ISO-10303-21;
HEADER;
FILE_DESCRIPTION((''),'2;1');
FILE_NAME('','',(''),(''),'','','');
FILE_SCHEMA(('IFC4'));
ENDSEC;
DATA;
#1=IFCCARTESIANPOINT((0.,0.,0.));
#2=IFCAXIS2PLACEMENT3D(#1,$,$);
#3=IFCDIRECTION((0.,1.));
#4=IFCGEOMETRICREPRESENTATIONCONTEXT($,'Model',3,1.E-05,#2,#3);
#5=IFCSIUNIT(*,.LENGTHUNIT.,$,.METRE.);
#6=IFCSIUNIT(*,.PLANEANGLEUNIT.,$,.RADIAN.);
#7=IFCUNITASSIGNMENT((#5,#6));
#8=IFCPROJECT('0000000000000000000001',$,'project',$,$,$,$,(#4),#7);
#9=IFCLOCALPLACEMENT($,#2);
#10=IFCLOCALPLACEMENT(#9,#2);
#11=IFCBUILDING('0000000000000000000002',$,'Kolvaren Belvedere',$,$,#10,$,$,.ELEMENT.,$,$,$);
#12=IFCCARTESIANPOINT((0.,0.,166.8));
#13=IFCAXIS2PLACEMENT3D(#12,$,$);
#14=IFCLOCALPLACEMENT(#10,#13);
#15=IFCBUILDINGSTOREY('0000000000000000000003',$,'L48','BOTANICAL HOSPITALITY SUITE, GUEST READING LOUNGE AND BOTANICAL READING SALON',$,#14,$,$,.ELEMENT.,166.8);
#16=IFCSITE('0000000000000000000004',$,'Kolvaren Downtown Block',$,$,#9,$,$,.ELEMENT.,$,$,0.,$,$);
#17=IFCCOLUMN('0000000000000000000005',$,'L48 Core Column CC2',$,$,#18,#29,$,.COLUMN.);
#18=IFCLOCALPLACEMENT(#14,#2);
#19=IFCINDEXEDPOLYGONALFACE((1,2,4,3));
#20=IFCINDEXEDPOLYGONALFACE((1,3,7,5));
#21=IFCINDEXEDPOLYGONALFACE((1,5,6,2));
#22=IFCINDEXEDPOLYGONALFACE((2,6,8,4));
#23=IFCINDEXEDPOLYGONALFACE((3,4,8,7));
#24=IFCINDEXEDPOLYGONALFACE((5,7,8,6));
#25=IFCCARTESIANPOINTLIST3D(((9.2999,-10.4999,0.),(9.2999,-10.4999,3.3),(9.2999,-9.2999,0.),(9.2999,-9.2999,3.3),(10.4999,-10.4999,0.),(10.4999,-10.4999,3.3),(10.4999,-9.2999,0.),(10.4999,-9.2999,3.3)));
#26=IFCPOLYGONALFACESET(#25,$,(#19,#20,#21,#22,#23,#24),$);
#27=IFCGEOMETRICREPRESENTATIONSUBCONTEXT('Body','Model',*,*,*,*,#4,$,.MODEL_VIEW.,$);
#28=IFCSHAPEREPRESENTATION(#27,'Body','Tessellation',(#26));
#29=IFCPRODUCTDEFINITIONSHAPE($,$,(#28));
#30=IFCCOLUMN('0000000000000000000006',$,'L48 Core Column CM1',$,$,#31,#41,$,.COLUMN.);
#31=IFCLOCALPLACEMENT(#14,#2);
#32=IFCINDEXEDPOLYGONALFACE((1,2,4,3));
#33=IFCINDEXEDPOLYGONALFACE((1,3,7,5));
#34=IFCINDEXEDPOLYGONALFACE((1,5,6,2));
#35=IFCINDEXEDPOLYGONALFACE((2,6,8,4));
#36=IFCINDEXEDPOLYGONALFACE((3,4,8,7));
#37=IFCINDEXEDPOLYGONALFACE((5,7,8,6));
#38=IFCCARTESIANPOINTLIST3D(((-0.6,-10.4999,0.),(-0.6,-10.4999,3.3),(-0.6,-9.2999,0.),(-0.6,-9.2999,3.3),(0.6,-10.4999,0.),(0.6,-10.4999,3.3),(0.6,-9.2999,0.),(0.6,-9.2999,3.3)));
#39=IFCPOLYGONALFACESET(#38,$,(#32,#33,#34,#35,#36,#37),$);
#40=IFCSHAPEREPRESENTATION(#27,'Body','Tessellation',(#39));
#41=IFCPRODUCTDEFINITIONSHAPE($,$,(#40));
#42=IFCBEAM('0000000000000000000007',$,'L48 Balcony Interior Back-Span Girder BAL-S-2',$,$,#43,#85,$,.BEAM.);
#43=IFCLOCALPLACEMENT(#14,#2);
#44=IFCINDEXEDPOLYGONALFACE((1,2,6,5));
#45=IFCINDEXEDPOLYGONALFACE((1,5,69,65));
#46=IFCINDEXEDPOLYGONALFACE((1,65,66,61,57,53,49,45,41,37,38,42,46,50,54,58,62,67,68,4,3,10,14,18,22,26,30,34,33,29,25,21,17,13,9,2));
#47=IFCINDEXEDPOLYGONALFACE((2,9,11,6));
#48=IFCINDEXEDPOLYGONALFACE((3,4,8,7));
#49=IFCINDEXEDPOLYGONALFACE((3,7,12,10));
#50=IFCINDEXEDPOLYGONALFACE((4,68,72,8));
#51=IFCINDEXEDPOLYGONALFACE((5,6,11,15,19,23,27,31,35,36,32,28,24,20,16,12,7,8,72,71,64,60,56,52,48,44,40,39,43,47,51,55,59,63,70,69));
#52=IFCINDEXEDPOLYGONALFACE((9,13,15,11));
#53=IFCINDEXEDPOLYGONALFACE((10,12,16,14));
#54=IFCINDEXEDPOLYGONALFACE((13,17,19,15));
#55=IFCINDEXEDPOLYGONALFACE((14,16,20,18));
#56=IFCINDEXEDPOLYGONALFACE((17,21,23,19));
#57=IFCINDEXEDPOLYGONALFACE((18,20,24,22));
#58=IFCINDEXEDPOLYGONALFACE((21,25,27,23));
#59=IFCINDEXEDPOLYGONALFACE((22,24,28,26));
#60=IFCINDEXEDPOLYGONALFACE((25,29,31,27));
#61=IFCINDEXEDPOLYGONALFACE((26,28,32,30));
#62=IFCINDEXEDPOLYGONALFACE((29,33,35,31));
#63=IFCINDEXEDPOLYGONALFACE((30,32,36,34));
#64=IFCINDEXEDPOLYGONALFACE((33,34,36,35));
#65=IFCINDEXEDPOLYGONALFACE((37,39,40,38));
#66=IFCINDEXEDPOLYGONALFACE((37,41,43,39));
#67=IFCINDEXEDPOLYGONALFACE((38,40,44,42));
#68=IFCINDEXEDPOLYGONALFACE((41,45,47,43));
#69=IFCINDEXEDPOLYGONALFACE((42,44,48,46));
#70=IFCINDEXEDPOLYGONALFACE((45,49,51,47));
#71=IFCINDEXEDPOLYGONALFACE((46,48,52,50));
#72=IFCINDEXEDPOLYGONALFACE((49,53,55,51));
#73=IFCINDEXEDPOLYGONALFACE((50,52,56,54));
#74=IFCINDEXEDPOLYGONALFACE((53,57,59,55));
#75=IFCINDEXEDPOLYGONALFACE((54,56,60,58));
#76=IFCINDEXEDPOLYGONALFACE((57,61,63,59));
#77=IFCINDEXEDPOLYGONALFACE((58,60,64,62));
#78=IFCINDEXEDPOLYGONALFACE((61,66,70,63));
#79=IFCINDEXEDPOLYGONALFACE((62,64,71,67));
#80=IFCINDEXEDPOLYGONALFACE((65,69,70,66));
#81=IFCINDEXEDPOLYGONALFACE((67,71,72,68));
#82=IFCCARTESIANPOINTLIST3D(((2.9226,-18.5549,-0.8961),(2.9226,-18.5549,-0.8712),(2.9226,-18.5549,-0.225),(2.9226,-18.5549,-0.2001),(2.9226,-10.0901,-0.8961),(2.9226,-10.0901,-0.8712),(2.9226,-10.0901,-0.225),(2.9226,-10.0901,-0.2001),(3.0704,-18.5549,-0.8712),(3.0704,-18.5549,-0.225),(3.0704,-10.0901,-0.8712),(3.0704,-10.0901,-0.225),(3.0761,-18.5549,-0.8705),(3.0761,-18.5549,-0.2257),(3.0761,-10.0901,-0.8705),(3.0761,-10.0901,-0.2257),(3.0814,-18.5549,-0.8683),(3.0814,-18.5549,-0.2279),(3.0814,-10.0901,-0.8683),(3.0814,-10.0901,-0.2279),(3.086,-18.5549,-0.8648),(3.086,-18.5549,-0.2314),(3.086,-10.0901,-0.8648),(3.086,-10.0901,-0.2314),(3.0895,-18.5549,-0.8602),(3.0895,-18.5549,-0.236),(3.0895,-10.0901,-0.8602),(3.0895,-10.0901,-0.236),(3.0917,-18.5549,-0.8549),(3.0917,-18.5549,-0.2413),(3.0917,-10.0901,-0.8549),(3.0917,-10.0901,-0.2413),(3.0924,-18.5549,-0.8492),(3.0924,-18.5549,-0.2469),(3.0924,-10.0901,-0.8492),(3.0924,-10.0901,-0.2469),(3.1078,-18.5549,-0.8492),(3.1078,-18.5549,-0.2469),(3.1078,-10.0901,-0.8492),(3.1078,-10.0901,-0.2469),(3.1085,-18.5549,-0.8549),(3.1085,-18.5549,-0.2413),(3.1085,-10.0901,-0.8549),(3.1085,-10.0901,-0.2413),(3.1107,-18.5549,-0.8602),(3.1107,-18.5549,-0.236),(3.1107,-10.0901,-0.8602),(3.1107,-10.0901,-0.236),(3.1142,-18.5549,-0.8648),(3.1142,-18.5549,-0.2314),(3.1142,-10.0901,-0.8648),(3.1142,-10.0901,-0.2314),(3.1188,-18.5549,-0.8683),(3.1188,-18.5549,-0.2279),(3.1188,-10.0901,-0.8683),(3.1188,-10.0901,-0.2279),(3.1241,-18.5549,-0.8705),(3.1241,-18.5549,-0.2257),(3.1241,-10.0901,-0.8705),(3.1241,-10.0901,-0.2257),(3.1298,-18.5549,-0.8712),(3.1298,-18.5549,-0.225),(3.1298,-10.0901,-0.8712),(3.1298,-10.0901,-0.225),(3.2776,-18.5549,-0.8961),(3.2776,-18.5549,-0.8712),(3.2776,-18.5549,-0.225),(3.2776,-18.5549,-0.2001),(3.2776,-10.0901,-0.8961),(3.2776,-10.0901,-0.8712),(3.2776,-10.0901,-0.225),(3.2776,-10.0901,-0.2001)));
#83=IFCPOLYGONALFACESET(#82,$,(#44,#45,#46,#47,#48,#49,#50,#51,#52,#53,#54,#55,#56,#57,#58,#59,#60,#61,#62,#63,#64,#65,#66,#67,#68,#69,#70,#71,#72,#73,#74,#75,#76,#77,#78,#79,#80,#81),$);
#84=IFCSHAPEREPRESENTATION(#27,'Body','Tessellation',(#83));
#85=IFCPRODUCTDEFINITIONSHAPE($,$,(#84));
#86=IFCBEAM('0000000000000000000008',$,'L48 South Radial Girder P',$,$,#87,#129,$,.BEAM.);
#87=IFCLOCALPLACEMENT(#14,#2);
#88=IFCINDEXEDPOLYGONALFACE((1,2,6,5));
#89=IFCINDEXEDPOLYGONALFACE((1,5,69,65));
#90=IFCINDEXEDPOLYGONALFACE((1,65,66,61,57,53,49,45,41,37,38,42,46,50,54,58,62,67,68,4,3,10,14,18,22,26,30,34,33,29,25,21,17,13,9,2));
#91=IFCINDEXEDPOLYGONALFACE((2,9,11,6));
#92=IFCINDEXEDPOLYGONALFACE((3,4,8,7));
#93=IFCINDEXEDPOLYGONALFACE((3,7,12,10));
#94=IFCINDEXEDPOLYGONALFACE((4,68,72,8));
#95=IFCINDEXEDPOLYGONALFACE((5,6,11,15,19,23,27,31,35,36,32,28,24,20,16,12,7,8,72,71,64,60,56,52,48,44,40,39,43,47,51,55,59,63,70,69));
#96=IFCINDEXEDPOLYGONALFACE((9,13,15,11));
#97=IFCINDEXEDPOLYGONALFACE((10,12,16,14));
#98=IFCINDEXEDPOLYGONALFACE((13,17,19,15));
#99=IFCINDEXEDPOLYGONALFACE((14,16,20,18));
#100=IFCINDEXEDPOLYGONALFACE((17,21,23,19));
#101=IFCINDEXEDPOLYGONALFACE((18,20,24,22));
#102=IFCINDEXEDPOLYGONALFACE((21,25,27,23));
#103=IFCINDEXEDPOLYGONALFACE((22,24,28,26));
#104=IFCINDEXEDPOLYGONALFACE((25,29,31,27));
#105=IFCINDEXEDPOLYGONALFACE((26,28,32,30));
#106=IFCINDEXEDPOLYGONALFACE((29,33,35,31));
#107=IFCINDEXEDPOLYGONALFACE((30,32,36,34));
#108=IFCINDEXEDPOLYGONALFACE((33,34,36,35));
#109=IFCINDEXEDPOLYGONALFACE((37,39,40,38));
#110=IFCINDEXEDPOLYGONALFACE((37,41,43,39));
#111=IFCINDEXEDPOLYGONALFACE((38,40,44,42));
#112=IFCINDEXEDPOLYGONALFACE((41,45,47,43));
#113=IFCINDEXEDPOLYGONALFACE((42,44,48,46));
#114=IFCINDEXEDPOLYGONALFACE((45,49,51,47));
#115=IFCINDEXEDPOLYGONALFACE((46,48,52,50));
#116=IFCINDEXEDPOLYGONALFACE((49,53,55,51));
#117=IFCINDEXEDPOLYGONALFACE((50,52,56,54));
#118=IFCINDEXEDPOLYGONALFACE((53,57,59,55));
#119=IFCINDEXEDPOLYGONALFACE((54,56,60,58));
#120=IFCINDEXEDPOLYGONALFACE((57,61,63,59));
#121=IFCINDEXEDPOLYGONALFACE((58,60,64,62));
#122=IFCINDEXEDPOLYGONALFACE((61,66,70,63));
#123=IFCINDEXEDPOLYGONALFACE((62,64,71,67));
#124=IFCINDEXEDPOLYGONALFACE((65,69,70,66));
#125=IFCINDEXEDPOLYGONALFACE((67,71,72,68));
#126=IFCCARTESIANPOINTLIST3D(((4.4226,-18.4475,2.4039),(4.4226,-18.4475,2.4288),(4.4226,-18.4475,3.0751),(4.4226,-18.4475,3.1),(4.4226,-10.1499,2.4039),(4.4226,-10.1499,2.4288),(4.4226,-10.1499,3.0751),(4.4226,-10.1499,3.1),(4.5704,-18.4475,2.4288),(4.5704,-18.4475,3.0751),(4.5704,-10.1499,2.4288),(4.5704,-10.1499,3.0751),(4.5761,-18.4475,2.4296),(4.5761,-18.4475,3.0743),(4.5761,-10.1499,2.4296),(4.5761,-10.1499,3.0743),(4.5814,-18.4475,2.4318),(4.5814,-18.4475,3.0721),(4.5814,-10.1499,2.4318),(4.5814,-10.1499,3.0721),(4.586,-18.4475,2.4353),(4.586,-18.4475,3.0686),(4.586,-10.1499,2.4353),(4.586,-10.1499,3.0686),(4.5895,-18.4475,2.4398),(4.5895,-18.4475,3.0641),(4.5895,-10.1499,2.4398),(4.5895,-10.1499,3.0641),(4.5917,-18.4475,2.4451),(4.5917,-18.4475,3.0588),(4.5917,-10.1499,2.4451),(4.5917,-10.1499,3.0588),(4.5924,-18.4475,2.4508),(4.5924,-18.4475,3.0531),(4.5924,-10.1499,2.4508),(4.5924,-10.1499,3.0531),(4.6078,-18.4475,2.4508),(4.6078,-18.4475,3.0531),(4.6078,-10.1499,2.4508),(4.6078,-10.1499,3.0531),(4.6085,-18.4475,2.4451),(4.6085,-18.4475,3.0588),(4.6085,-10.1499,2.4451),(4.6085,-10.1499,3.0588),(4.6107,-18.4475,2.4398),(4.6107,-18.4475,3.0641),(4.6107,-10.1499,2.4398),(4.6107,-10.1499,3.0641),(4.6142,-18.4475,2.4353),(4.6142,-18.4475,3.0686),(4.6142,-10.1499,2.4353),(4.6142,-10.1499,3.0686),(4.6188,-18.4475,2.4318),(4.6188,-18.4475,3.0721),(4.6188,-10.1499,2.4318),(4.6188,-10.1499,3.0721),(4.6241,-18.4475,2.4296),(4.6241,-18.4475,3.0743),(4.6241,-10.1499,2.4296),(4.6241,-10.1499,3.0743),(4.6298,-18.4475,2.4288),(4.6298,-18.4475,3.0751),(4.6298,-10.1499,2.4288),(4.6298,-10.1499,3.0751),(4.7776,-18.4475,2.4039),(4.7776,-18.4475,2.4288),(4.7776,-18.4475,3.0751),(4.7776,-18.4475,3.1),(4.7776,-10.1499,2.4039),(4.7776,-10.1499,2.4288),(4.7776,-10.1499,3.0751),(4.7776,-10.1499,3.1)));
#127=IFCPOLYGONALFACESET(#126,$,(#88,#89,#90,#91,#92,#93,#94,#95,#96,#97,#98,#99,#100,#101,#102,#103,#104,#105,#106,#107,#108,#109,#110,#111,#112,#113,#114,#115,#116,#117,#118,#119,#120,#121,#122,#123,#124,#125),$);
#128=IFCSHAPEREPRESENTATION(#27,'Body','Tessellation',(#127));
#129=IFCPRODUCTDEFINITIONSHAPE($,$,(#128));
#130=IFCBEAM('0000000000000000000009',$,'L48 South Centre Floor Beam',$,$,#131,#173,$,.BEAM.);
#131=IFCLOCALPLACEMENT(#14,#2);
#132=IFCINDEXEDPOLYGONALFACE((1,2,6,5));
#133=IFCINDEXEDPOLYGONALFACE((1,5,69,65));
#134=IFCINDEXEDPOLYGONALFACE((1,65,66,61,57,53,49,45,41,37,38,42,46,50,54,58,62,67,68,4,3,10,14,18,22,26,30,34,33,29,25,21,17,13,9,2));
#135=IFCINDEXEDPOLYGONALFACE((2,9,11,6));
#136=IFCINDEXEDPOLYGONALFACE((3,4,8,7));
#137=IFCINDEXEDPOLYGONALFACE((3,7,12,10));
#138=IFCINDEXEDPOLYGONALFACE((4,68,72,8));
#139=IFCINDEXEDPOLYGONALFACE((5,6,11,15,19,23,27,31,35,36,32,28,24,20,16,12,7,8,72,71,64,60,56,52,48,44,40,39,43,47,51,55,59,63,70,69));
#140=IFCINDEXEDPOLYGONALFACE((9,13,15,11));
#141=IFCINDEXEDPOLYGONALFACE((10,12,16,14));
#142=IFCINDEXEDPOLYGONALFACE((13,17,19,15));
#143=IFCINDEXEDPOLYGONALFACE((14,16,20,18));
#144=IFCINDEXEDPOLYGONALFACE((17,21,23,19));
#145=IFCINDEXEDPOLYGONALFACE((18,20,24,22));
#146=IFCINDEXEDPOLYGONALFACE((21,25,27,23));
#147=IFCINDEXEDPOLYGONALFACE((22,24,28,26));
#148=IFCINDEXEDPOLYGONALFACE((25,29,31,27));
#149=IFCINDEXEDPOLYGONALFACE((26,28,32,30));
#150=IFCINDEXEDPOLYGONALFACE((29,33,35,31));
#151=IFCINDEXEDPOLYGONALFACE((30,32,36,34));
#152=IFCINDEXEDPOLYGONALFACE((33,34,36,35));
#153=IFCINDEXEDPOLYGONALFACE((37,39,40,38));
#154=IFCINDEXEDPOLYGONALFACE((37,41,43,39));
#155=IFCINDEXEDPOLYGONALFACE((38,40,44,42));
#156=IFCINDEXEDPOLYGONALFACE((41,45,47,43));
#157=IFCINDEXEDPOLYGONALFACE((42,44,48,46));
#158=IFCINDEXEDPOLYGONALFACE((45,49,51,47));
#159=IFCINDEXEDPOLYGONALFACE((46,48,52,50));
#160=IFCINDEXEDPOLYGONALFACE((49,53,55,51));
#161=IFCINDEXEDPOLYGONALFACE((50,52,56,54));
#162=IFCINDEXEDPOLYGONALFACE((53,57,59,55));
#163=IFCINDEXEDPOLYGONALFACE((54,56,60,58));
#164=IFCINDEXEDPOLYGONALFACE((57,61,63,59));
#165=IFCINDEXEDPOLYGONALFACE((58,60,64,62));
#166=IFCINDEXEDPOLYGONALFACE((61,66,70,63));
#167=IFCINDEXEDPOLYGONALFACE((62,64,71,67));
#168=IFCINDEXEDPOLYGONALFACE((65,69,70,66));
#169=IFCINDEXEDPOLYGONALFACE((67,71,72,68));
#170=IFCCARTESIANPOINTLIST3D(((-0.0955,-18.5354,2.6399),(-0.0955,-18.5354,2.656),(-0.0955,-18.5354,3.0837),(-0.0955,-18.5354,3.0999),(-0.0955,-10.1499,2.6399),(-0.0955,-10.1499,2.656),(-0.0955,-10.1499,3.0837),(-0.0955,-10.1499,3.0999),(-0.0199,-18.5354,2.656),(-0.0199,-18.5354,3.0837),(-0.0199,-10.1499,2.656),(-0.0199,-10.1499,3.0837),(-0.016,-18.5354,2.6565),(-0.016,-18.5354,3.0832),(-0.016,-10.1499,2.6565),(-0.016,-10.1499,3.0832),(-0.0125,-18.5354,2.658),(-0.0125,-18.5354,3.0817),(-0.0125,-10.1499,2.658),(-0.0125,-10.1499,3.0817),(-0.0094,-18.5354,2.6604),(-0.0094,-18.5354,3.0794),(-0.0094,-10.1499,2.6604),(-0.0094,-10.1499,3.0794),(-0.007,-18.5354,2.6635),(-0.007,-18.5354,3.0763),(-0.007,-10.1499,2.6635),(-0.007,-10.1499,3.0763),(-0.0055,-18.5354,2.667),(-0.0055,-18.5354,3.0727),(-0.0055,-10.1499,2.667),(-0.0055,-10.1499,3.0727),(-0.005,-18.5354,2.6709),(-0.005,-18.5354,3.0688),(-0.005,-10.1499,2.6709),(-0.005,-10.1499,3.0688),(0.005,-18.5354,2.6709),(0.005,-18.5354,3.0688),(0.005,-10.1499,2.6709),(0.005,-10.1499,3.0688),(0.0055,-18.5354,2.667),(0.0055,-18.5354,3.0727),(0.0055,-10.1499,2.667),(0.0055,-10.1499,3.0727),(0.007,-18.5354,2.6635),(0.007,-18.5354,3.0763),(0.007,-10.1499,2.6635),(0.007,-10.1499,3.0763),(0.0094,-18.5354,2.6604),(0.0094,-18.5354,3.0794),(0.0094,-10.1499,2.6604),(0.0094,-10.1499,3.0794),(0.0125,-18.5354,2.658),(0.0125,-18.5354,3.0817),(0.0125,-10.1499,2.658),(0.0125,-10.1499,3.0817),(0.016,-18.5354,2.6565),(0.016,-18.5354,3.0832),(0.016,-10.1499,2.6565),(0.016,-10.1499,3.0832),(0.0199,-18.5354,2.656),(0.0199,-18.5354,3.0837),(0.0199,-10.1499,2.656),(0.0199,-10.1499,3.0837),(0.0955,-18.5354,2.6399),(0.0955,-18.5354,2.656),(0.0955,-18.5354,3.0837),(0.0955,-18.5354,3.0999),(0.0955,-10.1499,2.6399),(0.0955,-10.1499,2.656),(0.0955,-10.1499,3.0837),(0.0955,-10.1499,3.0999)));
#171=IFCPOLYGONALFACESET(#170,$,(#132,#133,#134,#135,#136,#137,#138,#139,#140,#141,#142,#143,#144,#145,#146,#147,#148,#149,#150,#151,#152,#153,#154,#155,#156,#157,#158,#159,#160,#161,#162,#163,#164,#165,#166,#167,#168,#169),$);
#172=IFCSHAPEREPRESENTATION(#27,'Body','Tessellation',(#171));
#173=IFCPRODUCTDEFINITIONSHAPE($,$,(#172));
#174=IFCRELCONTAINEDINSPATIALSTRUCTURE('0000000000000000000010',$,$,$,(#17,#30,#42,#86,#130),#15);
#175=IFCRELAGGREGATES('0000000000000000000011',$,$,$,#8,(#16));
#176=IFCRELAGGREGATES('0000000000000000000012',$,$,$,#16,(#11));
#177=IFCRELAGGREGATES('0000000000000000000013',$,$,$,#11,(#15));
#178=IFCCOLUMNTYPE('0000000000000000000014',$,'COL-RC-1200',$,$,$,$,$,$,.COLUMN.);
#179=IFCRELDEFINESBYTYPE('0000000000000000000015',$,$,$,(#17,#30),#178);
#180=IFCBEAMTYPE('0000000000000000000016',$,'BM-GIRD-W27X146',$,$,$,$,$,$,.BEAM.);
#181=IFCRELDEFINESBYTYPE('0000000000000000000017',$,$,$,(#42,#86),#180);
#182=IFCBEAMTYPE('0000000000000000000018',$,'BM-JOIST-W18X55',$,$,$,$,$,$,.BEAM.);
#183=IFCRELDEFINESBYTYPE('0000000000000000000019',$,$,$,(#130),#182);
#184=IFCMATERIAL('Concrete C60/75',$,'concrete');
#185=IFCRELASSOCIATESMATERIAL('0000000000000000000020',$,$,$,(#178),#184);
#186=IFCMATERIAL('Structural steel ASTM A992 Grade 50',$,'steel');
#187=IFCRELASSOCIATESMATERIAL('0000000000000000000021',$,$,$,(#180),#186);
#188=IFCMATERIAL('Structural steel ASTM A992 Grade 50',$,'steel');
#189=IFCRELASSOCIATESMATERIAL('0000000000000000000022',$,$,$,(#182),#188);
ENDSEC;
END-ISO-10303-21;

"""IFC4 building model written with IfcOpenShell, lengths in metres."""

from ifc_helpers import new_model, si_unit, direction, frame, origin, origin_2d, place, context, subcontext, project, spatial, rectangle, i_section, extrude, material, material_profile, profile_set, type_object, element, save


model = new_model("IFC4")

# Units and contexts
model_context = context("Model", 3, precision=1e-05, world=origin(), true_north=direction((0.0, 1.0)))
body_context = subcontext(model_context, "Body", "Model", "MODEL_VIEW")
ifc_project = project(units=[si_unit("LENGTHUNIT", "METRE"), si_unit("PLANEANGLEUNIT", "RADIAN")], contexts=[model_context])

# Site, building, storey
site_placement = place(None, origin())
site = spatial("IfcSite", under=ifc_project, at=site_placement, Name="Kolvaren Downtown Block", CompositionType="ELEMENT", RefElevation=0.0)
building_placement = place(site_placement, origin())
building = spatial("IfcBuilding", under=site, at=building_placement, Name="Kolvaren Belvedere", CompositionType="ELEMENT")
storey_placement = place(building_placement, frame((0.0, 0.0, 166.8)))
storey = spatial("IfcBuildingStorey", under=building, at=storey_placement, Name="L48", Description="BOTANICAL HOSPITALITY SUITE, GUEST READING LOUNGE AND BOTANICAL READING SALON", CompositionType="ELEMENT", Elevation=166.8)

# Columns
ifc_material_1 = material(Name="Concrete C60/75", Category="concrete")
ifc_material_profile_1 = material_profile(ifc_material_1, rectangle(XDim=1.2, YDim=1.2, at=origin_2d()), Name="RC 1200X1200")
ifc_profile_set_1 = profile_set([ifc_material_profile_1], Name="Concrete C60/75")
column_type = type_object("IfcColumnType", Name="COL-RC-1200", PredefinedType="COLUMN", material=ifc_profile_set_1)
for number, where, z_axis, x_axis, name in (
    (1, (9.8999, -9.8999, 0.0), (0.0, 0.0, 1.0), (1.0, 0.0, 0.0), "L48 Core Column CC2"),
    (2, (0.0, -9.8999, 0.0), (0.0, 0.0, 1.0), (1.0, 0.0, 0.0), "L48 Core Column CM1"),
):
    element("IfcColumn", number, at=place(storey_placement, frame(where, z_axis=z_axis, x_axis=x_axis)), inside=storey, type_object=column_type, Name=name, PredefinedType="COLUMN", context=body_context, shape_type="SweptSolid", body=[
        extrude(rectangle(XDim=1.2, YDim=1.2, at=origin_2d()), origin(), (0.0, 0.0, 1.0), 3.3),
    ])

# Beams
ifc_material_2 = material(Name="Structural steel ASTM A992 Grade 50", Category="steel")
ifc_material_profile_2 = material_profile(ifc_material_2, i_section(OverallWidth=0.355, OverallDepth=0.696, WebThickness=0.0154, FlangeThickness=0.0249, FilletRadius=0.022, at=origin_2d()), Name="W27X146")
ifc_profile_set_2 = profile_set([ifc_material_profile_2], Name="Structural steel ASTM A992 Grade 50")
beam_type_1 = type_object("IfcBeamType", Name="BM-GIRD-W27X146", PredefinedType="BEAM", material=ifc_profile_set_2)
beam_1_placement = place(storey_placement, frame((3.1001, -10.0901, -0.5481), z_axis=(0.0, -1.0, 0.0), x_axis=(1.0, 0.0, 0.0)))
element("IfcBeam", 3, at=beam_1_placement, inside=storey, type_object=beam_type_1, Name="L48 Balcony Interior Back-Span Girder BAL-S-2", PredefinedType="BEAM", context=body_context, shape_type="SweptSolid", body=[
    extrude(i_section(OverallWidth=0.355, OverallDepth=0.696, WebThickness=0.0154, FlangeThickness=0.0249, FilletRadius=0.022, at=origin_2d()), origin(), (0.0, 0.0, 1.0), 8.4648),
])
beam_2_placement = place(storey_placement, frame((4.6001, -10.1499, 2.752), z_axis=(0.0, -1.0, 0.0), x_axis=(1.0, 0.0, 0.0)))
element("IfcBeam", 4, at=beam_2_placement, inside=storey, type_object=beam_type_1, Name="L48 South Radial Girder P", PredefinedType="BEAM", context=body_context, shape_type="SweptSolid", body=[
    extrude(i_section(OverallWidth=0.355, OverallDepth=0.696, WebThickness=0.0154, FlangeThickness=0.0249, FilletRadius=0.022, at=origin_2d()), origin(), (0.0, 0.0, 1.0), 8.2976),
])
ifc_material_3 = material(Name="Structural steel ASTM A992 Grade 50", Category="steel")
ifc_material_profile_3 = material_profile(ifc_material_3, i_section(OverallWidth=0.1909, OverallDepth=0.46, WebThickness=0.01, FlangeThickness=0.0161, FilletRadius=0.0149, at=origin_2d()), Name="W18X55")
ifc_profile_set_3 = profile_set([ifc_material_profile_3], Name="Structural steel ASTM A992 Grade 50")
beam_type_2 = type_object("IfcBeamType", Name="BM-JOIST-W18X55", PredefinedType="BEAM", material=ifc_profile_set_3)
beam_3_placement = place(storey_placement, frame((0.0, -10.1499, 2.8699), z_axis=(0.0, -1.0, 0.0), x_axis=(1.0, 0.0, 0.0)))
element("IfcBeam", 5, at=beam_3_placement, inside=storey, type_object=beam_type_2, Name="L48 South Centre Floor Beam", PredefinedType="BEAM", context=body_context, shape_type="SweptSolid", body=[
    extrude(i_section(OverallWidth=0.1909, OverallDepth=0.46, WebThickness=0.01, FlangeThickness=0.0161, FilletRadius=0.0149, at=origin_2d()), origin(), (0.0, 0.0, 1.0), 8.3855),
])

save(model, "model.ifc")
